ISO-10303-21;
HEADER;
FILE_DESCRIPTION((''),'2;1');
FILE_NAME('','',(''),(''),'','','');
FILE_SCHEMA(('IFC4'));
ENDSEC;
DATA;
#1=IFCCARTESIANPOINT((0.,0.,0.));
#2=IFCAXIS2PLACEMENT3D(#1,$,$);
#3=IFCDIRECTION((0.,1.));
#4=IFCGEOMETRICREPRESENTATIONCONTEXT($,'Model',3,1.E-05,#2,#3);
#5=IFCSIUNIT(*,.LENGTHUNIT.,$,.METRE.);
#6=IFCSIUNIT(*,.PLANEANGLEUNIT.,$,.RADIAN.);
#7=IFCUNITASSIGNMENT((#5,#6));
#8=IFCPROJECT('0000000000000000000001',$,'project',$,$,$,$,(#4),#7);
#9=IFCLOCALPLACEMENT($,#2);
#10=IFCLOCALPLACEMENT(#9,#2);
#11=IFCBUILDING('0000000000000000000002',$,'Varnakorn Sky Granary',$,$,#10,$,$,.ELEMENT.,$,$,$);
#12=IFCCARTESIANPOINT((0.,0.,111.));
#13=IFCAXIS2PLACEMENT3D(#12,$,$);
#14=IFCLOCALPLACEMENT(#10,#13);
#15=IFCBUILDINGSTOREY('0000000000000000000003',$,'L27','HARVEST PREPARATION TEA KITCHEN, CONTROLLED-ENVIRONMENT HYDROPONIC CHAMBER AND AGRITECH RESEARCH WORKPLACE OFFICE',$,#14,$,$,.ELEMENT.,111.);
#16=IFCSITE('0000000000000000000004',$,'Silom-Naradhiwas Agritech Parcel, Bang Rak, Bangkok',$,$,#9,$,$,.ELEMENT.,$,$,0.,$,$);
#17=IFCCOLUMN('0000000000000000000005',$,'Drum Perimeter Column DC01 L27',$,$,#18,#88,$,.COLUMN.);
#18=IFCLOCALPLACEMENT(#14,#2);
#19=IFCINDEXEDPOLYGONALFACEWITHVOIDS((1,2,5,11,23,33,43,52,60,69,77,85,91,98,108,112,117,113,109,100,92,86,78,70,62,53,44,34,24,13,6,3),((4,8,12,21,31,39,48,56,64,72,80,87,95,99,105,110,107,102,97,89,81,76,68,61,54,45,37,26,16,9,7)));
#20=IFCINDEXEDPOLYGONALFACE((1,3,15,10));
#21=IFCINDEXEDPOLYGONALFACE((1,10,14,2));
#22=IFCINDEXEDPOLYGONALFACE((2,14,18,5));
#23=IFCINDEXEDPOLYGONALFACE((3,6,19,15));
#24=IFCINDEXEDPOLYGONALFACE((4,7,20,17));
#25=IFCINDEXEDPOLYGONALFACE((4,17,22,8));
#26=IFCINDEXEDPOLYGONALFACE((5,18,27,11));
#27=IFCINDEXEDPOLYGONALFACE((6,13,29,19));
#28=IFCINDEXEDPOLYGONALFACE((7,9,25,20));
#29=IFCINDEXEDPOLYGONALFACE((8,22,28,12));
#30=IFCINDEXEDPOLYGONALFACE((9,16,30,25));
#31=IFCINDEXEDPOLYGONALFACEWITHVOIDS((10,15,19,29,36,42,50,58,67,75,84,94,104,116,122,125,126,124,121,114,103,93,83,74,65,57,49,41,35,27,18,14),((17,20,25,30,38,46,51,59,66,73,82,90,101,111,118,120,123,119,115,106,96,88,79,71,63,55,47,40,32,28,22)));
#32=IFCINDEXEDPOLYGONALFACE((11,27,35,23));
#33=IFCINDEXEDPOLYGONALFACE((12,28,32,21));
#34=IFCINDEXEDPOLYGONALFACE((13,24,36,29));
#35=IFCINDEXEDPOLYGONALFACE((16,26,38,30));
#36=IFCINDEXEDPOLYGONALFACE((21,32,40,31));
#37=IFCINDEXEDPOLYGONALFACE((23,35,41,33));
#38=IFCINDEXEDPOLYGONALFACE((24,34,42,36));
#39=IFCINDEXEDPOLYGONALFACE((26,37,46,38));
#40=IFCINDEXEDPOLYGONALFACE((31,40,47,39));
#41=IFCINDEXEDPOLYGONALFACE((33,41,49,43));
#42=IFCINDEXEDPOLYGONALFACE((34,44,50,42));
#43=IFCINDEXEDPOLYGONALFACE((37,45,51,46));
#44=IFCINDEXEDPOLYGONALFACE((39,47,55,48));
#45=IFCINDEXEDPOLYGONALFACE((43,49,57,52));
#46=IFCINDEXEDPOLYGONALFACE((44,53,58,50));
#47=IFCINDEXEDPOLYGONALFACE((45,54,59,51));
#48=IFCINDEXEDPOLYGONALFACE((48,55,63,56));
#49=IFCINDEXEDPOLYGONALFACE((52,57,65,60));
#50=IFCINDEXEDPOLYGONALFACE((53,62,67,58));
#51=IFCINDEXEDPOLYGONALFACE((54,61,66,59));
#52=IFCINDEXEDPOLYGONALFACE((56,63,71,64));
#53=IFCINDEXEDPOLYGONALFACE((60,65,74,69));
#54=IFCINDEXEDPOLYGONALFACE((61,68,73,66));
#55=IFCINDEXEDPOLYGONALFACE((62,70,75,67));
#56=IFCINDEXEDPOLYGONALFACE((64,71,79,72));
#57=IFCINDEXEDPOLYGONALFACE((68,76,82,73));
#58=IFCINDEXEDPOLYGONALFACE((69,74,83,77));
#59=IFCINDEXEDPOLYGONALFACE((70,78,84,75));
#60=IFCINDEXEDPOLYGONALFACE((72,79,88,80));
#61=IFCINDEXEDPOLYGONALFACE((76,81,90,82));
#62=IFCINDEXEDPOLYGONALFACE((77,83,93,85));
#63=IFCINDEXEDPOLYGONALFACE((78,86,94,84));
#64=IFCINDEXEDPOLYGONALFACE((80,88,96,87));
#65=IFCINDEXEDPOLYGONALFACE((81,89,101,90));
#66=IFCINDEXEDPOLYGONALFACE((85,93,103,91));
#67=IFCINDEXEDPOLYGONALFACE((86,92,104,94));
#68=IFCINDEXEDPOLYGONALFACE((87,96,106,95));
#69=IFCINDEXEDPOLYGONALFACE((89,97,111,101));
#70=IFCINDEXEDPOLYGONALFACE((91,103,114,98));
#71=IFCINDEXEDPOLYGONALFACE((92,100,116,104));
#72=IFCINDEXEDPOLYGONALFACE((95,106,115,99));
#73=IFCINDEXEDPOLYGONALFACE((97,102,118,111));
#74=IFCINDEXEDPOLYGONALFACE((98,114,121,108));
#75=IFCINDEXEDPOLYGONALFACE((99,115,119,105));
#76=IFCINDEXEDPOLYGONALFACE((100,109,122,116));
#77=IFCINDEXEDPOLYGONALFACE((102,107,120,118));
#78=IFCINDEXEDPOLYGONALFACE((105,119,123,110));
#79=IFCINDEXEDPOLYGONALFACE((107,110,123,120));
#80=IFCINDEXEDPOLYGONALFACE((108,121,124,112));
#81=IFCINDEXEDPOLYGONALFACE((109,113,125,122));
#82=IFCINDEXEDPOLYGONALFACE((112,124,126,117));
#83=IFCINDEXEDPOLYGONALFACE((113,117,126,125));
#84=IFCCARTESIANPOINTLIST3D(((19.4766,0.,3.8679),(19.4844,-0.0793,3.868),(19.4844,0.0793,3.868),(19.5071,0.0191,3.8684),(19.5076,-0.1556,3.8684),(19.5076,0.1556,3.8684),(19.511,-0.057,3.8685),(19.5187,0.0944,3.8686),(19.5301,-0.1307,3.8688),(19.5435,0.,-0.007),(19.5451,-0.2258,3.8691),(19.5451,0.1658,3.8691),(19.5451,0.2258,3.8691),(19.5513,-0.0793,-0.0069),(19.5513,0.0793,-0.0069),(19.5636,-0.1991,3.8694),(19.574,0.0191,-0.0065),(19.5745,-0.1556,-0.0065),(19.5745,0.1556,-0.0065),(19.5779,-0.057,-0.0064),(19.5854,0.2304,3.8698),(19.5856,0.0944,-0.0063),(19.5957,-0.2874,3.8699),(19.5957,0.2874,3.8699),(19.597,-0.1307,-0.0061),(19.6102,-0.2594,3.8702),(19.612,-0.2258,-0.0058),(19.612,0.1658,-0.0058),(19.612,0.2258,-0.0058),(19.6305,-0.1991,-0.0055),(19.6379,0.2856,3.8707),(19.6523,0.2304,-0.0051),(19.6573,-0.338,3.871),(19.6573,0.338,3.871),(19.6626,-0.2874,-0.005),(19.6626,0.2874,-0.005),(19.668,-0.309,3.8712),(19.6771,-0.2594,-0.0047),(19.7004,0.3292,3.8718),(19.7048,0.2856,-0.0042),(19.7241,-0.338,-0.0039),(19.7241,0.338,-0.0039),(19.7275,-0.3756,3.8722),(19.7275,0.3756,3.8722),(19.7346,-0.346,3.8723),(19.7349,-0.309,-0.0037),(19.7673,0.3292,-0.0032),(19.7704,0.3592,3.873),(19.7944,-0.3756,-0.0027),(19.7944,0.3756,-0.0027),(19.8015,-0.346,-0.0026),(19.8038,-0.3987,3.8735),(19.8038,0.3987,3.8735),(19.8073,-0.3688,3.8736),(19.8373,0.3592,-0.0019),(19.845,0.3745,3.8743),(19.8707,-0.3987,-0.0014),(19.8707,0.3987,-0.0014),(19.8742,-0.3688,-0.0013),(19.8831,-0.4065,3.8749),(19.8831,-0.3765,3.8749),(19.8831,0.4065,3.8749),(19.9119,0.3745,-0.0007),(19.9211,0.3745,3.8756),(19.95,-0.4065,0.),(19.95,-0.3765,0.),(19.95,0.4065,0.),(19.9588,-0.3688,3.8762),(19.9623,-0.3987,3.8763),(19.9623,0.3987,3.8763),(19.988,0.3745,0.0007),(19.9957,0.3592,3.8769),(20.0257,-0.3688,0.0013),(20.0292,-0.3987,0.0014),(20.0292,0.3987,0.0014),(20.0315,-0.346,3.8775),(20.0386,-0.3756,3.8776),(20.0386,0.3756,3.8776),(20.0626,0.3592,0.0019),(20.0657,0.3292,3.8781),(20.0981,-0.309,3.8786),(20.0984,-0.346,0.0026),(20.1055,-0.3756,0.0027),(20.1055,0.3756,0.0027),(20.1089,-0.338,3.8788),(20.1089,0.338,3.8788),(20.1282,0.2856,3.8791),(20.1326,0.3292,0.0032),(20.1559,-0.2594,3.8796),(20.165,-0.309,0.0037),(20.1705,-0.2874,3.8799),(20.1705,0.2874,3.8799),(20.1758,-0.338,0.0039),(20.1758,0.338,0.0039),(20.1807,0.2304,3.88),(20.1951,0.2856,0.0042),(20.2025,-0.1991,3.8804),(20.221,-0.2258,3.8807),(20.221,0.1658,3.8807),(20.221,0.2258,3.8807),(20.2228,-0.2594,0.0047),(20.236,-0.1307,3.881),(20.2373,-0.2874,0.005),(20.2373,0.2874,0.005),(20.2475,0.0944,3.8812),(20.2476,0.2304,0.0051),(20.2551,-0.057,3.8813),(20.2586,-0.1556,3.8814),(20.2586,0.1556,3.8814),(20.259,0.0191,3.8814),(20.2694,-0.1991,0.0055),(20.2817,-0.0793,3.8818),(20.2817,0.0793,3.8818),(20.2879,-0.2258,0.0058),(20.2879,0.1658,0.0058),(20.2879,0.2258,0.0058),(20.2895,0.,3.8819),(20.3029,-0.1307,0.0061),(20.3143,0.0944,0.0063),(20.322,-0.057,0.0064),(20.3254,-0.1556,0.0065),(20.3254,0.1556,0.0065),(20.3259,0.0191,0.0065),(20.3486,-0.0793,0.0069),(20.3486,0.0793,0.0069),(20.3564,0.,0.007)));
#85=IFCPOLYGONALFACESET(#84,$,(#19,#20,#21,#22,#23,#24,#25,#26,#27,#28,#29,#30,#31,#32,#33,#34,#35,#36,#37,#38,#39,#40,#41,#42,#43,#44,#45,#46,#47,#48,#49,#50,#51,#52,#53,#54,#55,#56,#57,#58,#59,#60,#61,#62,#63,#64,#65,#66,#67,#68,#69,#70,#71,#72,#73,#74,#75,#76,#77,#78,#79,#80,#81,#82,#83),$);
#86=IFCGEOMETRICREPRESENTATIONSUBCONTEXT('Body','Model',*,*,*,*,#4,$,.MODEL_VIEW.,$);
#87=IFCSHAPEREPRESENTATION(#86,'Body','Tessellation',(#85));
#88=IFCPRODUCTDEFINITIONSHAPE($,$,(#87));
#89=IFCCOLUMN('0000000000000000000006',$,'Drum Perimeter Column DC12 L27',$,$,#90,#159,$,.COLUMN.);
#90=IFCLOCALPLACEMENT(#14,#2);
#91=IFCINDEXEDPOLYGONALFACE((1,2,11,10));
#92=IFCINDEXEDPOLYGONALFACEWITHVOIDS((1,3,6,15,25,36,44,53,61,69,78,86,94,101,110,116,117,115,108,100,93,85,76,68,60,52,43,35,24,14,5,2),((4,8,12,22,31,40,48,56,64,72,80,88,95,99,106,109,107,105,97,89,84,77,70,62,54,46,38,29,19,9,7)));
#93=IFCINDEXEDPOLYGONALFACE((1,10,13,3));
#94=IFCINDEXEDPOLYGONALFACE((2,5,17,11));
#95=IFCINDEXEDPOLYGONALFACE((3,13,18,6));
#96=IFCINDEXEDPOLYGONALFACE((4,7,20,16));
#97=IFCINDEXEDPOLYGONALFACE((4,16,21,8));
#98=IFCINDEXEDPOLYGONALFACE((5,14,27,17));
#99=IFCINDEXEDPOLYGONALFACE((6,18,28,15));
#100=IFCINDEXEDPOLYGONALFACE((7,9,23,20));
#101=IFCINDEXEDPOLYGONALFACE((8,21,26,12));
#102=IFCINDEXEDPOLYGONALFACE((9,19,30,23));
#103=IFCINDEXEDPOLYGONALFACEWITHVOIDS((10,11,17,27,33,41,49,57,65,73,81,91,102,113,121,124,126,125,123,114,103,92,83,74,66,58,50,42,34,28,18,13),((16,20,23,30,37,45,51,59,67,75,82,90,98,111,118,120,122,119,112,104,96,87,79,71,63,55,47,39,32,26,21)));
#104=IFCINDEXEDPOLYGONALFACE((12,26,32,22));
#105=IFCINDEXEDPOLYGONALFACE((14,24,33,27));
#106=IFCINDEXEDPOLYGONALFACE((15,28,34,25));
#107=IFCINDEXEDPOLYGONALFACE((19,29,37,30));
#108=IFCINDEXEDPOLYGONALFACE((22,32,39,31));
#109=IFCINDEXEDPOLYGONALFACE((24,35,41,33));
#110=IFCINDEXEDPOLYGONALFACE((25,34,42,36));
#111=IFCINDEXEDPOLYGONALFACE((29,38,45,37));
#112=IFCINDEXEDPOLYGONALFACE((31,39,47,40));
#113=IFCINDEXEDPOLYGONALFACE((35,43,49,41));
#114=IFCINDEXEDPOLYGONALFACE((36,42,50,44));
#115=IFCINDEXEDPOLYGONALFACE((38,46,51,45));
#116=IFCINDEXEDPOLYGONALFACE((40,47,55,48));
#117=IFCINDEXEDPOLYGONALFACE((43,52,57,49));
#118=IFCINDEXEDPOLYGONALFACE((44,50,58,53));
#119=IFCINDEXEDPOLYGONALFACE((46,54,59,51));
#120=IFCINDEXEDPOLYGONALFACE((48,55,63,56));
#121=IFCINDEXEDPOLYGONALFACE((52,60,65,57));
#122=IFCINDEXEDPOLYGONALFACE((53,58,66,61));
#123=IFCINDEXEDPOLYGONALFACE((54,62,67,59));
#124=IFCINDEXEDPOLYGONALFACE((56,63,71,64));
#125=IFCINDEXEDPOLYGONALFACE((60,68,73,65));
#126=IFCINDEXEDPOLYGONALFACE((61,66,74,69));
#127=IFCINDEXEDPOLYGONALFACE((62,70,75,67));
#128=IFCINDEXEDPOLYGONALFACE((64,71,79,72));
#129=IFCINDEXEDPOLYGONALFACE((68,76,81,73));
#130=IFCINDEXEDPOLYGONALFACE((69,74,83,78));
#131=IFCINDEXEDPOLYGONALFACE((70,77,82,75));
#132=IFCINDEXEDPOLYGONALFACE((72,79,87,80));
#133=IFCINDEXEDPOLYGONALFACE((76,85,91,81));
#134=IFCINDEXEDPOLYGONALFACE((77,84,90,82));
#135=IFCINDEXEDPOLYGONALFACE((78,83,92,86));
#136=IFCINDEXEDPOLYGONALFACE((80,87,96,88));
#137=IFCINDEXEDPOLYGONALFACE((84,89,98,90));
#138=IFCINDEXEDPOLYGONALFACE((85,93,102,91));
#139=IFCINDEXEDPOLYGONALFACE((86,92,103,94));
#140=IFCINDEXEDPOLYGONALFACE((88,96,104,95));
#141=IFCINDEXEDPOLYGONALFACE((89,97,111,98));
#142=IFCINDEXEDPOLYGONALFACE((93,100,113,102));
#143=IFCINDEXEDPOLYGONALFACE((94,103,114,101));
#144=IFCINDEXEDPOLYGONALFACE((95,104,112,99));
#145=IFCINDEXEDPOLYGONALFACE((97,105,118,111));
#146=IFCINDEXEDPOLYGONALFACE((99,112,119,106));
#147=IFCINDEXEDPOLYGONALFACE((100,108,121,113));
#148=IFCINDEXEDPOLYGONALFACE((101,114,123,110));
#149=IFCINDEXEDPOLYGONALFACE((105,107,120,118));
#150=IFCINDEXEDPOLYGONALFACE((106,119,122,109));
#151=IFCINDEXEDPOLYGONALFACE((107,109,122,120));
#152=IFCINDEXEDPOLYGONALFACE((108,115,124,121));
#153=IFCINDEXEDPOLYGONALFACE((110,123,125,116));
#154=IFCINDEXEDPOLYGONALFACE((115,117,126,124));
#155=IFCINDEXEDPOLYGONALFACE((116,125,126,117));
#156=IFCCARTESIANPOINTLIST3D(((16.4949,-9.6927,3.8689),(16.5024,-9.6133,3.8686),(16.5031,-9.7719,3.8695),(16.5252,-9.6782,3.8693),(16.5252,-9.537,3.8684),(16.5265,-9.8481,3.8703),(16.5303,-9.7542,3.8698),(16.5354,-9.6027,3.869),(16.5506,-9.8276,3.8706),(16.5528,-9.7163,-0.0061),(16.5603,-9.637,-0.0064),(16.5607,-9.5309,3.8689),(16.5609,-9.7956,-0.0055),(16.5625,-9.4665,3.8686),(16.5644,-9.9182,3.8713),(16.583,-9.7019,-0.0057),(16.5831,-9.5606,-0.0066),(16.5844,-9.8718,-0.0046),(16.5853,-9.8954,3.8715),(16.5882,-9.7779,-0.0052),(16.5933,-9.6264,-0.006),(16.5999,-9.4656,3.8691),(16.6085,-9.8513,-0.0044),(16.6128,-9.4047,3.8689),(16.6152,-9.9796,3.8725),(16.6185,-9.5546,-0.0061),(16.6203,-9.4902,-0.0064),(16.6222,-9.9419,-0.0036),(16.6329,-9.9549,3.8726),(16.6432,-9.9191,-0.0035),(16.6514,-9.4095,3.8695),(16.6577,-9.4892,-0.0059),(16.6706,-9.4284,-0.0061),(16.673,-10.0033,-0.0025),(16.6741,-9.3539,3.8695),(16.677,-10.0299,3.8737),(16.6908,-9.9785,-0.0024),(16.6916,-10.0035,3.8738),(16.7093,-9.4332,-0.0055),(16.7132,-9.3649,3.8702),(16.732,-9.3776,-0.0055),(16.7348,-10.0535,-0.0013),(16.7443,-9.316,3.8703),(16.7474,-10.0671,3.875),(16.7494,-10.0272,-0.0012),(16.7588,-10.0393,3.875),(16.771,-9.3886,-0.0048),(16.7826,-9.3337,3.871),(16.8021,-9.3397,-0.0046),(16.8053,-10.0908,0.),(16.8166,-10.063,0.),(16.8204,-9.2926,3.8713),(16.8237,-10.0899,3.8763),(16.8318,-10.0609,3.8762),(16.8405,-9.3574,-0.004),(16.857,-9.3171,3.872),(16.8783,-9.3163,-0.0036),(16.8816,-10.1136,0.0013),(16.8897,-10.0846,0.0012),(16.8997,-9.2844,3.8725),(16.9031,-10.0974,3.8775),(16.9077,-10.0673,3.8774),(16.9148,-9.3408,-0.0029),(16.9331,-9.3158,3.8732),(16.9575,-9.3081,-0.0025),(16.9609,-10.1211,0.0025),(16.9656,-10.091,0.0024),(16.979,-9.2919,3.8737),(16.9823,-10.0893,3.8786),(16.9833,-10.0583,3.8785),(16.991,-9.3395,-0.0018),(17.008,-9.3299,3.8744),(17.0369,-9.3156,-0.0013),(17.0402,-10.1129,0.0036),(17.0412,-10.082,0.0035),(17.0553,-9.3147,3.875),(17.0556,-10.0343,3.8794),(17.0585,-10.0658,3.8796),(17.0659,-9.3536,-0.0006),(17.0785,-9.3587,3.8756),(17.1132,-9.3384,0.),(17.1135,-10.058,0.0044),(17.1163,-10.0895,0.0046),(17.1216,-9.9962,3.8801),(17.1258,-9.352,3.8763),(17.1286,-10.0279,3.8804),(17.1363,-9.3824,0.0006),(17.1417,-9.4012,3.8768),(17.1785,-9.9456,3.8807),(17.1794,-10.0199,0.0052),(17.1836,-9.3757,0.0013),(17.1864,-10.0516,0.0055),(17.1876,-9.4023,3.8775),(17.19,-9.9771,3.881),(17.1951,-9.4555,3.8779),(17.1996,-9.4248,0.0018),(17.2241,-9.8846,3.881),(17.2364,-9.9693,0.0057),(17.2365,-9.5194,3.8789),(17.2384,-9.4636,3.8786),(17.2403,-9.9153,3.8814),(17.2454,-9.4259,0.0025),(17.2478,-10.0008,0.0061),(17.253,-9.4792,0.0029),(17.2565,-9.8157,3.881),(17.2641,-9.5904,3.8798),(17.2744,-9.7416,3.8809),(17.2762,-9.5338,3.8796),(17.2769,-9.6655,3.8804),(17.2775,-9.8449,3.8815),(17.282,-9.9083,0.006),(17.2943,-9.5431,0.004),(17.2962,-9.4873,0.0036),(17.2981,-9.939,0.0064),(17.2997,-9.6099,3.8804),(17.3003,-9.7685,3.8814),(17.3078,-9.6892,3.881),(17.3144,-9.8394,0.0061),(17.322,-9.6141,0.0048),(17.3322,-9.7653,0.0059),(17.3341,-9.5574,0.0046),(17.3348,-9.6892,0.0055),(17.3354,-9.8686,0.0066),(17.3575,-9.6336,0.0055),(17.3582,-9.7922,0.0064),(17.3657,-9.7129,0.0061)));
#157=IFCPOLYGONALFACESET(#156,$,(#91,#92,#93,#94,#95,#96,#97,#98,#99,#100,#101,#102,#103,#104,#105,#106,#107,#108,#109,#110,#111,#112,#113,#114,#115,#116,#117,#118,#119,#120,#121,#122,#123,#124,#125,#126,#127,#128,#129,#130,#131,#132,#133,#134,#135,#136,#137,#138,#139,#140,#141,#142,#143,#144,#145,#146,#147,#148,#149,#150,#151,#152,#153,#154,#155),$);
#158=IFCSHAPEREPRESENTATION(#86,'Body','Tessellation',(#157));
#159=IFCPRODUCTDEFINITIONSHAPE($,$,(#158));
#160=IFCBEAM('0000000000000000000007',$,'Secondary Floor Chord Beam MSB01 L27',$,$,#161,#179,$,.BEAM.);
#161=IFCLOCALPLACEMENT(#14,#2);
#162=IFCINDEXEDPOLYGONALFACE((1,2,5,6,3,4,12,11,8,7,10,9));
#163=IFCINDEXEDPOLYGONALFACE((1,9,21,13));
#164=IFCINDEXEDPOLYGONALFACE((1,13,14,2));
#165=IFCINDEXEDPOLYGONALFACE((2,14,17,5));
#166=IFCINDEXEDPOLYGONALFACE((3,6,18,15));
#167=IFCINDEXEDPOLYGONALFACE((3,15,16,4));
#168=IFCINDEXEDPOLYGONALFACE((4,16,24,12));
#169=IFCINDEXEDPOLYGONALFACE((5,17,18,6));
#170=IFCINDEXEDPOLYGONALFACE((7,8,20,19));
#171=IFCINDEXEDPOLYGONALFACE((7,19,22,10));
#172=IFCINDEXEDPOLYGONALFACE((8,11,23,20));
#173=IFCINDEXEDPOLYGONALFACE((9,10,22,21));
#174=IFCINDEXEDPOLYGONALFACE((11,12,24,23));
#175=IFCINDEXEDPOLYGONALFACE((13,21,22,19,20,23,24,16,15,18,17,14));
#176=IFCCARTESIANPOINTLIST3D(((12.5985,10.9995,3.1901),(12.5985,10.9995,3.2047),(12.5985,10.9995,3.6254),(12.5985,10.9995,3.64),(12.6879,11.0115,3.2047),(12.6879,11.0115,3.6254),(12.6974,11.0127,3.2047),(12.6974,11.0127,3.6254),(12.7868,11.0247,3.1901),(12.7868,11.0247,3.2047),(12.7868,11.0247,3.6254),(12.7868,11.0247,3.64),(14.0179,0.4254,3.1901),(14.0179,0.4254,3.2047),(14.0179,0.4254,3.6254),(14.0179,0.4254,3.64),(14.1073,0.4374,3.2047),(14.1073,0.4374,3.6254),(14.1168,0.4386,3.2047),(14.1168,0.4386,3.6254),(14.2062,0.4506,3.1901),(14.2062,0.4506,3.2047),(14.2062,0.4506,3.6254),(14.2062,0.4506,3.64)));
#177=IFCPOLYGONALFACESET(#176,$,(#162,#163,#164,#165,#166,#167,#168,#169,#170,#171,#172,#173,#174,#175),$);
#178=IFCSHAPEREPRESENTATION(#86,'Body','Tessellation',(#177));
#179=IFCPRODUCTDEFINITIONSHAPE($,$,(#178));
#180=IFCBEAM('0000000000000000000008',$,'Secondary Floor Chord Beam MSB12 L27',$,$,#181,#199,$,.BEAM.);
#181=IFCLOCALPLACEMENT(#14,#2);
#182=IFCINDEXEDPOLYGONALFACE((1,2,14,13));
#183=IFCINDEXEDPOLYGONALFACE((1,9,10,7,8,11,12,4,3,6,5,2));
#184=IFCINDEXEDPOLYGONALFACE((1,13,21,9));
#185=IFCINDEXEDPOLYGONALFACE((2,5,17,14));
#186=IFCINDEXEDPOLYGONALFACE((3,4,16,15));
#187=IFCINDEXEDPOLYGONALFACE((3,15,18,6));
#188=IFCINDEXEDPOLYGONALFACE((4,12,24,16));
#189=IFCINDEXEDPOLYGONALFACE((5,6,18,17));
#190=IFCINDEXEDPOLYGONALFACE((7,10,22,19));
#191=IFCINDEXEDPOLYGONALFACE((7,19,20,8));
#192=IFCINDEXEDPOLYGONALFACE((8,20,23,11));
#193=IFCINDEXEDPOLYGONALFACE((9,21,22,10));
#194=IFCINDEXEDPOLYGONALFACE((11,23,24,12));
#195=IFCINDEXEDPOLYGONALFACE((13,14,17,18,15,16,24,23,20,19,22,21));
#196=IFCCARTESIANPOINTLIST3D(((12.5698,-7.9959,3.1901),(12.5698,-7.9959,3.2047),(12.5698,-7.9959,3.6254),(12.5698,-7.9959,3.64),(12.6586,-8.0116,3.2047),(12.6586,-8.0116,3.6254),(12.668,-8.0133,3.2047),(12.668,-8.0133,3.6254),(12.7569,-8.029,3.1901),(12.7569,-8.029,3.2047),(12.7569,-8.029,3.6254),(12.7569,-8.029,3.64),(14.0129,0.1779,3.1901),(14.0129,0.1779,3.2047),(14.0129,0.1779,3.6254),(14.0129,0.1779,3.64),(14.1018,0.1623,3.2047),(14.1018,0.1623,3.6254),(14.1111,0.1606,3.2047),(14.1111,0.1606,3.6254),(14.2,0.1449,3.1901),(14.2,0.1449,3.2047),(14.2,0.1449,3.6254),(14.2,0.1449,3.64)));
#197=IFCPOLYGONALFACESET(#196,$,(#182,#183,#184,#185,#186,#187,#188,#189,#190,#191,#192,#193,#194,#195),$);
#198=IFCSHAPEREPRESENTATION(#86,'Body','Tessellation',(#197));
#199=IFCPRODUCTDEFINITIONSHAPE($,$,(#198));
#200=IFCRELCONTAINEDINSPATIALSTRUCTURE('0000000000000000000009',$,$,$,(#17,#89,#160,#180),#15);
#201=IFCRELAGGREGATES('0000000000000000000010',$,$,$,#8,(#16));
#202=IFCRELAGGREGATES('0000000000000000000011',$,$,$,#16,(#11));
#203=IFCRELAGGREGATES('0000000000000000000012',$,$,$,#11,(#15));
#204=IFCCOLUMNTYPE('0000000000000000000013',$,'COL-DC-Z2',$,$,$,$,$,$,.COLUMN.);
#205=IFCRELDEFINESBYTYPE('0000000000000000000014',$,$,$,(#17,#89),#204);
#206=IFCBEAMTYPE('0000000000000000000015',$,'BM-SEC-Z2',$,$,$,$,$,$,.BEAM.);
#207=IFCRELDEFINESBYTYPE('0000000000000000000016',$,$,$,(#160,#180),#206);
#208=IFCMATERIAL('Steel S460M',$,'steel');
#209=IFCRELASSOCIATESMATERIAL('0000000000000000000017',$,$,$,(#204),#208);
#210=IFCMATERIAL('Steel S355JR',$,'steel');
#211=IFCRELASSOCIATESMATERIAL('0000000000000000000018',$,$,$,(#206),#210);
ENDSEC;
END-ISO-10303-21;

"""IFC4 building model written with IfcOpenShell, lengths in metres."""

from ifc_helpers import new_model, si_unit, direction, frame, origin, origin_2d, place, context, subcontext, project, spatial, hollow_circle, i_section, extrude, material, material_profile, profile_set, type_object, element, save


model = new_model("IFC4")

# Units and contexts
model_context = context("Model", 3, precision=1e-05, world=origin(), true_north=direction((0.0, 1.0)))
body_context = subcontext(model_context, "Body", "Model", "MODEL_VIEW")
ifc_project = project(units=[si_unit("LENGTHUNIT", "METRE"), si_unit("PLANEANGLEUNIT", "RADIAN")], contexts=[model_context])

# Site, building, storey
site_placement = place(None, origin())
site = spatial("IfcSite", under=ifc_project, at=site_placement, Name="Silom-Naradhiwas Agritech Parcel, Bang Rak, Bangkok", CompositionType="ELEMENT", RefElevation=0.0)
building_placement = place(site_placement, origin())
building = spatial("IfcBuilding", under=site, at=building_placement, Name="Varnakorn Sky Granary", CompositionType="ELEMENT")
storey_placement = place(building_placement, frame((0.0, 0.0, 111.0)))
storey = spatial("IfcBuildingStorey", under=building, at=storey_placement, Name="L27", Description="HARVEST PREPARATION TEA KITCHEN, CONTROLLED-ENVIRONMENT HYDROPONIC CHAMBER AND AGRITECH RESEARCH WORKPLACE OFFICE", CompositionType="ELEMENT", Elevation=111.0)

# Columns
ifc_material_1 = material(Name="Steel S460M", Category="steel")
ifc_material_profile_1 = material_profile(ifc_material_1, hollow_circle(Radius=0.4065, WallThickness=0.03, at=origin_2d()), Name="CHS 813x30")
ifc_profile_set_1 = profile_set([ifc_material_profile_1], Name="Steel S460M")
column_type = type_object("IfcColumnType", Name="COL-DC-Z2", PredefinedType="COLUMN", material=ifc_profile_set_1)
for number, where, z_axis, x_axis, name in (
    (1, (19.95, 0.0, 0.0), (-0.017261, 0.0, 0.999851), (0.0, -1.0, 0.0), "Drum Perimeter Column DC01 L27"),
    (2, (16.9592, -9.7146, 0.0), (-0.01493, 0.006111, 0.99987), (-0.378785, -0.925485, 0.0), "Drum Perimeter Column DC12 L27"),
):
    element("IfcColumn", number, at=place(storey_placement, frame(where, z_axis=z_axis, x_axis=x_axis)), inside=storey, type_object=column_type, Name=name, PredefinedType="COLUMN", context=body_context, shape_type="SweptSolid", body=[
        extrude(hollow_circle(Radius=0.4065, WallThickness=0.03, at=origin_2d()), origin(), (0.0, 0.0, 1.0), 3.8755),
    ])

# Beams
ifc_material_2 = material(Name="Steel S355JR", Category="steel")
ifc_material_profile_2 = material_profile(ifc_material_2, i_section(OverallWidth=0.1899, OverallDepth=0.45, WebThickness=0.0095, FlangeThickness=0.0146, at=origin_2d()), Name="IPE 450")
ifc_profile_set_2 = profile_set([ifc_material_profile_2], Name="Steel S355JR")
beam_type_1 = type_object("IfcBeamType", Name="BM-SEC-Z2", PredefinedType="BEAM", material=ifc_profile_set_2)
beam_1_placement = place(storey_placement, frame((14.1121, 0.438, 3.415), z_axis=(-0.133042, 0.99111, 0.0), x_axis=(-0.99111, -0.133042, 0.0)))
element("IfcBeam", 3, at=beam_1_placement, inside=storey, type_object=beam_type_1, Name="Secondary Floor Chord Beam MSB01 L27", PredefinedType="BEAM", context=body_context, shape_type="SweptSolid", body=[
    extrude(i_section(OverallWidth=0.1899, OverallDepth=0.45, WebThickness=0.0095, FlangeThickness=0.0146, at=origin_2d()), origin(), (0.0, 0.0, 1.0), 10.6689),
])
beam_2_placement = place(storey_placement, frame((12.6633, -8.0125, 3.415), z_axis=(0.173864, 0.98477, 0.0), x_axis=(-0.98477, 0.173864, 0.0)))
element("IfcBeam", 4, at=beam_2_placement, inside=storey, type_object=beam_type_1, Name="Secondary Floor Chord Beam MSB12 L27", PredefinedType="BEAM", context=body_context, shape_type="SweptSolid", body=[
    extrude(i_section(OverallWidth=0.1899, OverallDepth=0.45, WebThickness=0.0095, FlangeThickness=0.0146, at=origin_2d()), origin(), (0.0, 0.0, 1.0), 8.3003),
])

save(model, "model.ifc")
